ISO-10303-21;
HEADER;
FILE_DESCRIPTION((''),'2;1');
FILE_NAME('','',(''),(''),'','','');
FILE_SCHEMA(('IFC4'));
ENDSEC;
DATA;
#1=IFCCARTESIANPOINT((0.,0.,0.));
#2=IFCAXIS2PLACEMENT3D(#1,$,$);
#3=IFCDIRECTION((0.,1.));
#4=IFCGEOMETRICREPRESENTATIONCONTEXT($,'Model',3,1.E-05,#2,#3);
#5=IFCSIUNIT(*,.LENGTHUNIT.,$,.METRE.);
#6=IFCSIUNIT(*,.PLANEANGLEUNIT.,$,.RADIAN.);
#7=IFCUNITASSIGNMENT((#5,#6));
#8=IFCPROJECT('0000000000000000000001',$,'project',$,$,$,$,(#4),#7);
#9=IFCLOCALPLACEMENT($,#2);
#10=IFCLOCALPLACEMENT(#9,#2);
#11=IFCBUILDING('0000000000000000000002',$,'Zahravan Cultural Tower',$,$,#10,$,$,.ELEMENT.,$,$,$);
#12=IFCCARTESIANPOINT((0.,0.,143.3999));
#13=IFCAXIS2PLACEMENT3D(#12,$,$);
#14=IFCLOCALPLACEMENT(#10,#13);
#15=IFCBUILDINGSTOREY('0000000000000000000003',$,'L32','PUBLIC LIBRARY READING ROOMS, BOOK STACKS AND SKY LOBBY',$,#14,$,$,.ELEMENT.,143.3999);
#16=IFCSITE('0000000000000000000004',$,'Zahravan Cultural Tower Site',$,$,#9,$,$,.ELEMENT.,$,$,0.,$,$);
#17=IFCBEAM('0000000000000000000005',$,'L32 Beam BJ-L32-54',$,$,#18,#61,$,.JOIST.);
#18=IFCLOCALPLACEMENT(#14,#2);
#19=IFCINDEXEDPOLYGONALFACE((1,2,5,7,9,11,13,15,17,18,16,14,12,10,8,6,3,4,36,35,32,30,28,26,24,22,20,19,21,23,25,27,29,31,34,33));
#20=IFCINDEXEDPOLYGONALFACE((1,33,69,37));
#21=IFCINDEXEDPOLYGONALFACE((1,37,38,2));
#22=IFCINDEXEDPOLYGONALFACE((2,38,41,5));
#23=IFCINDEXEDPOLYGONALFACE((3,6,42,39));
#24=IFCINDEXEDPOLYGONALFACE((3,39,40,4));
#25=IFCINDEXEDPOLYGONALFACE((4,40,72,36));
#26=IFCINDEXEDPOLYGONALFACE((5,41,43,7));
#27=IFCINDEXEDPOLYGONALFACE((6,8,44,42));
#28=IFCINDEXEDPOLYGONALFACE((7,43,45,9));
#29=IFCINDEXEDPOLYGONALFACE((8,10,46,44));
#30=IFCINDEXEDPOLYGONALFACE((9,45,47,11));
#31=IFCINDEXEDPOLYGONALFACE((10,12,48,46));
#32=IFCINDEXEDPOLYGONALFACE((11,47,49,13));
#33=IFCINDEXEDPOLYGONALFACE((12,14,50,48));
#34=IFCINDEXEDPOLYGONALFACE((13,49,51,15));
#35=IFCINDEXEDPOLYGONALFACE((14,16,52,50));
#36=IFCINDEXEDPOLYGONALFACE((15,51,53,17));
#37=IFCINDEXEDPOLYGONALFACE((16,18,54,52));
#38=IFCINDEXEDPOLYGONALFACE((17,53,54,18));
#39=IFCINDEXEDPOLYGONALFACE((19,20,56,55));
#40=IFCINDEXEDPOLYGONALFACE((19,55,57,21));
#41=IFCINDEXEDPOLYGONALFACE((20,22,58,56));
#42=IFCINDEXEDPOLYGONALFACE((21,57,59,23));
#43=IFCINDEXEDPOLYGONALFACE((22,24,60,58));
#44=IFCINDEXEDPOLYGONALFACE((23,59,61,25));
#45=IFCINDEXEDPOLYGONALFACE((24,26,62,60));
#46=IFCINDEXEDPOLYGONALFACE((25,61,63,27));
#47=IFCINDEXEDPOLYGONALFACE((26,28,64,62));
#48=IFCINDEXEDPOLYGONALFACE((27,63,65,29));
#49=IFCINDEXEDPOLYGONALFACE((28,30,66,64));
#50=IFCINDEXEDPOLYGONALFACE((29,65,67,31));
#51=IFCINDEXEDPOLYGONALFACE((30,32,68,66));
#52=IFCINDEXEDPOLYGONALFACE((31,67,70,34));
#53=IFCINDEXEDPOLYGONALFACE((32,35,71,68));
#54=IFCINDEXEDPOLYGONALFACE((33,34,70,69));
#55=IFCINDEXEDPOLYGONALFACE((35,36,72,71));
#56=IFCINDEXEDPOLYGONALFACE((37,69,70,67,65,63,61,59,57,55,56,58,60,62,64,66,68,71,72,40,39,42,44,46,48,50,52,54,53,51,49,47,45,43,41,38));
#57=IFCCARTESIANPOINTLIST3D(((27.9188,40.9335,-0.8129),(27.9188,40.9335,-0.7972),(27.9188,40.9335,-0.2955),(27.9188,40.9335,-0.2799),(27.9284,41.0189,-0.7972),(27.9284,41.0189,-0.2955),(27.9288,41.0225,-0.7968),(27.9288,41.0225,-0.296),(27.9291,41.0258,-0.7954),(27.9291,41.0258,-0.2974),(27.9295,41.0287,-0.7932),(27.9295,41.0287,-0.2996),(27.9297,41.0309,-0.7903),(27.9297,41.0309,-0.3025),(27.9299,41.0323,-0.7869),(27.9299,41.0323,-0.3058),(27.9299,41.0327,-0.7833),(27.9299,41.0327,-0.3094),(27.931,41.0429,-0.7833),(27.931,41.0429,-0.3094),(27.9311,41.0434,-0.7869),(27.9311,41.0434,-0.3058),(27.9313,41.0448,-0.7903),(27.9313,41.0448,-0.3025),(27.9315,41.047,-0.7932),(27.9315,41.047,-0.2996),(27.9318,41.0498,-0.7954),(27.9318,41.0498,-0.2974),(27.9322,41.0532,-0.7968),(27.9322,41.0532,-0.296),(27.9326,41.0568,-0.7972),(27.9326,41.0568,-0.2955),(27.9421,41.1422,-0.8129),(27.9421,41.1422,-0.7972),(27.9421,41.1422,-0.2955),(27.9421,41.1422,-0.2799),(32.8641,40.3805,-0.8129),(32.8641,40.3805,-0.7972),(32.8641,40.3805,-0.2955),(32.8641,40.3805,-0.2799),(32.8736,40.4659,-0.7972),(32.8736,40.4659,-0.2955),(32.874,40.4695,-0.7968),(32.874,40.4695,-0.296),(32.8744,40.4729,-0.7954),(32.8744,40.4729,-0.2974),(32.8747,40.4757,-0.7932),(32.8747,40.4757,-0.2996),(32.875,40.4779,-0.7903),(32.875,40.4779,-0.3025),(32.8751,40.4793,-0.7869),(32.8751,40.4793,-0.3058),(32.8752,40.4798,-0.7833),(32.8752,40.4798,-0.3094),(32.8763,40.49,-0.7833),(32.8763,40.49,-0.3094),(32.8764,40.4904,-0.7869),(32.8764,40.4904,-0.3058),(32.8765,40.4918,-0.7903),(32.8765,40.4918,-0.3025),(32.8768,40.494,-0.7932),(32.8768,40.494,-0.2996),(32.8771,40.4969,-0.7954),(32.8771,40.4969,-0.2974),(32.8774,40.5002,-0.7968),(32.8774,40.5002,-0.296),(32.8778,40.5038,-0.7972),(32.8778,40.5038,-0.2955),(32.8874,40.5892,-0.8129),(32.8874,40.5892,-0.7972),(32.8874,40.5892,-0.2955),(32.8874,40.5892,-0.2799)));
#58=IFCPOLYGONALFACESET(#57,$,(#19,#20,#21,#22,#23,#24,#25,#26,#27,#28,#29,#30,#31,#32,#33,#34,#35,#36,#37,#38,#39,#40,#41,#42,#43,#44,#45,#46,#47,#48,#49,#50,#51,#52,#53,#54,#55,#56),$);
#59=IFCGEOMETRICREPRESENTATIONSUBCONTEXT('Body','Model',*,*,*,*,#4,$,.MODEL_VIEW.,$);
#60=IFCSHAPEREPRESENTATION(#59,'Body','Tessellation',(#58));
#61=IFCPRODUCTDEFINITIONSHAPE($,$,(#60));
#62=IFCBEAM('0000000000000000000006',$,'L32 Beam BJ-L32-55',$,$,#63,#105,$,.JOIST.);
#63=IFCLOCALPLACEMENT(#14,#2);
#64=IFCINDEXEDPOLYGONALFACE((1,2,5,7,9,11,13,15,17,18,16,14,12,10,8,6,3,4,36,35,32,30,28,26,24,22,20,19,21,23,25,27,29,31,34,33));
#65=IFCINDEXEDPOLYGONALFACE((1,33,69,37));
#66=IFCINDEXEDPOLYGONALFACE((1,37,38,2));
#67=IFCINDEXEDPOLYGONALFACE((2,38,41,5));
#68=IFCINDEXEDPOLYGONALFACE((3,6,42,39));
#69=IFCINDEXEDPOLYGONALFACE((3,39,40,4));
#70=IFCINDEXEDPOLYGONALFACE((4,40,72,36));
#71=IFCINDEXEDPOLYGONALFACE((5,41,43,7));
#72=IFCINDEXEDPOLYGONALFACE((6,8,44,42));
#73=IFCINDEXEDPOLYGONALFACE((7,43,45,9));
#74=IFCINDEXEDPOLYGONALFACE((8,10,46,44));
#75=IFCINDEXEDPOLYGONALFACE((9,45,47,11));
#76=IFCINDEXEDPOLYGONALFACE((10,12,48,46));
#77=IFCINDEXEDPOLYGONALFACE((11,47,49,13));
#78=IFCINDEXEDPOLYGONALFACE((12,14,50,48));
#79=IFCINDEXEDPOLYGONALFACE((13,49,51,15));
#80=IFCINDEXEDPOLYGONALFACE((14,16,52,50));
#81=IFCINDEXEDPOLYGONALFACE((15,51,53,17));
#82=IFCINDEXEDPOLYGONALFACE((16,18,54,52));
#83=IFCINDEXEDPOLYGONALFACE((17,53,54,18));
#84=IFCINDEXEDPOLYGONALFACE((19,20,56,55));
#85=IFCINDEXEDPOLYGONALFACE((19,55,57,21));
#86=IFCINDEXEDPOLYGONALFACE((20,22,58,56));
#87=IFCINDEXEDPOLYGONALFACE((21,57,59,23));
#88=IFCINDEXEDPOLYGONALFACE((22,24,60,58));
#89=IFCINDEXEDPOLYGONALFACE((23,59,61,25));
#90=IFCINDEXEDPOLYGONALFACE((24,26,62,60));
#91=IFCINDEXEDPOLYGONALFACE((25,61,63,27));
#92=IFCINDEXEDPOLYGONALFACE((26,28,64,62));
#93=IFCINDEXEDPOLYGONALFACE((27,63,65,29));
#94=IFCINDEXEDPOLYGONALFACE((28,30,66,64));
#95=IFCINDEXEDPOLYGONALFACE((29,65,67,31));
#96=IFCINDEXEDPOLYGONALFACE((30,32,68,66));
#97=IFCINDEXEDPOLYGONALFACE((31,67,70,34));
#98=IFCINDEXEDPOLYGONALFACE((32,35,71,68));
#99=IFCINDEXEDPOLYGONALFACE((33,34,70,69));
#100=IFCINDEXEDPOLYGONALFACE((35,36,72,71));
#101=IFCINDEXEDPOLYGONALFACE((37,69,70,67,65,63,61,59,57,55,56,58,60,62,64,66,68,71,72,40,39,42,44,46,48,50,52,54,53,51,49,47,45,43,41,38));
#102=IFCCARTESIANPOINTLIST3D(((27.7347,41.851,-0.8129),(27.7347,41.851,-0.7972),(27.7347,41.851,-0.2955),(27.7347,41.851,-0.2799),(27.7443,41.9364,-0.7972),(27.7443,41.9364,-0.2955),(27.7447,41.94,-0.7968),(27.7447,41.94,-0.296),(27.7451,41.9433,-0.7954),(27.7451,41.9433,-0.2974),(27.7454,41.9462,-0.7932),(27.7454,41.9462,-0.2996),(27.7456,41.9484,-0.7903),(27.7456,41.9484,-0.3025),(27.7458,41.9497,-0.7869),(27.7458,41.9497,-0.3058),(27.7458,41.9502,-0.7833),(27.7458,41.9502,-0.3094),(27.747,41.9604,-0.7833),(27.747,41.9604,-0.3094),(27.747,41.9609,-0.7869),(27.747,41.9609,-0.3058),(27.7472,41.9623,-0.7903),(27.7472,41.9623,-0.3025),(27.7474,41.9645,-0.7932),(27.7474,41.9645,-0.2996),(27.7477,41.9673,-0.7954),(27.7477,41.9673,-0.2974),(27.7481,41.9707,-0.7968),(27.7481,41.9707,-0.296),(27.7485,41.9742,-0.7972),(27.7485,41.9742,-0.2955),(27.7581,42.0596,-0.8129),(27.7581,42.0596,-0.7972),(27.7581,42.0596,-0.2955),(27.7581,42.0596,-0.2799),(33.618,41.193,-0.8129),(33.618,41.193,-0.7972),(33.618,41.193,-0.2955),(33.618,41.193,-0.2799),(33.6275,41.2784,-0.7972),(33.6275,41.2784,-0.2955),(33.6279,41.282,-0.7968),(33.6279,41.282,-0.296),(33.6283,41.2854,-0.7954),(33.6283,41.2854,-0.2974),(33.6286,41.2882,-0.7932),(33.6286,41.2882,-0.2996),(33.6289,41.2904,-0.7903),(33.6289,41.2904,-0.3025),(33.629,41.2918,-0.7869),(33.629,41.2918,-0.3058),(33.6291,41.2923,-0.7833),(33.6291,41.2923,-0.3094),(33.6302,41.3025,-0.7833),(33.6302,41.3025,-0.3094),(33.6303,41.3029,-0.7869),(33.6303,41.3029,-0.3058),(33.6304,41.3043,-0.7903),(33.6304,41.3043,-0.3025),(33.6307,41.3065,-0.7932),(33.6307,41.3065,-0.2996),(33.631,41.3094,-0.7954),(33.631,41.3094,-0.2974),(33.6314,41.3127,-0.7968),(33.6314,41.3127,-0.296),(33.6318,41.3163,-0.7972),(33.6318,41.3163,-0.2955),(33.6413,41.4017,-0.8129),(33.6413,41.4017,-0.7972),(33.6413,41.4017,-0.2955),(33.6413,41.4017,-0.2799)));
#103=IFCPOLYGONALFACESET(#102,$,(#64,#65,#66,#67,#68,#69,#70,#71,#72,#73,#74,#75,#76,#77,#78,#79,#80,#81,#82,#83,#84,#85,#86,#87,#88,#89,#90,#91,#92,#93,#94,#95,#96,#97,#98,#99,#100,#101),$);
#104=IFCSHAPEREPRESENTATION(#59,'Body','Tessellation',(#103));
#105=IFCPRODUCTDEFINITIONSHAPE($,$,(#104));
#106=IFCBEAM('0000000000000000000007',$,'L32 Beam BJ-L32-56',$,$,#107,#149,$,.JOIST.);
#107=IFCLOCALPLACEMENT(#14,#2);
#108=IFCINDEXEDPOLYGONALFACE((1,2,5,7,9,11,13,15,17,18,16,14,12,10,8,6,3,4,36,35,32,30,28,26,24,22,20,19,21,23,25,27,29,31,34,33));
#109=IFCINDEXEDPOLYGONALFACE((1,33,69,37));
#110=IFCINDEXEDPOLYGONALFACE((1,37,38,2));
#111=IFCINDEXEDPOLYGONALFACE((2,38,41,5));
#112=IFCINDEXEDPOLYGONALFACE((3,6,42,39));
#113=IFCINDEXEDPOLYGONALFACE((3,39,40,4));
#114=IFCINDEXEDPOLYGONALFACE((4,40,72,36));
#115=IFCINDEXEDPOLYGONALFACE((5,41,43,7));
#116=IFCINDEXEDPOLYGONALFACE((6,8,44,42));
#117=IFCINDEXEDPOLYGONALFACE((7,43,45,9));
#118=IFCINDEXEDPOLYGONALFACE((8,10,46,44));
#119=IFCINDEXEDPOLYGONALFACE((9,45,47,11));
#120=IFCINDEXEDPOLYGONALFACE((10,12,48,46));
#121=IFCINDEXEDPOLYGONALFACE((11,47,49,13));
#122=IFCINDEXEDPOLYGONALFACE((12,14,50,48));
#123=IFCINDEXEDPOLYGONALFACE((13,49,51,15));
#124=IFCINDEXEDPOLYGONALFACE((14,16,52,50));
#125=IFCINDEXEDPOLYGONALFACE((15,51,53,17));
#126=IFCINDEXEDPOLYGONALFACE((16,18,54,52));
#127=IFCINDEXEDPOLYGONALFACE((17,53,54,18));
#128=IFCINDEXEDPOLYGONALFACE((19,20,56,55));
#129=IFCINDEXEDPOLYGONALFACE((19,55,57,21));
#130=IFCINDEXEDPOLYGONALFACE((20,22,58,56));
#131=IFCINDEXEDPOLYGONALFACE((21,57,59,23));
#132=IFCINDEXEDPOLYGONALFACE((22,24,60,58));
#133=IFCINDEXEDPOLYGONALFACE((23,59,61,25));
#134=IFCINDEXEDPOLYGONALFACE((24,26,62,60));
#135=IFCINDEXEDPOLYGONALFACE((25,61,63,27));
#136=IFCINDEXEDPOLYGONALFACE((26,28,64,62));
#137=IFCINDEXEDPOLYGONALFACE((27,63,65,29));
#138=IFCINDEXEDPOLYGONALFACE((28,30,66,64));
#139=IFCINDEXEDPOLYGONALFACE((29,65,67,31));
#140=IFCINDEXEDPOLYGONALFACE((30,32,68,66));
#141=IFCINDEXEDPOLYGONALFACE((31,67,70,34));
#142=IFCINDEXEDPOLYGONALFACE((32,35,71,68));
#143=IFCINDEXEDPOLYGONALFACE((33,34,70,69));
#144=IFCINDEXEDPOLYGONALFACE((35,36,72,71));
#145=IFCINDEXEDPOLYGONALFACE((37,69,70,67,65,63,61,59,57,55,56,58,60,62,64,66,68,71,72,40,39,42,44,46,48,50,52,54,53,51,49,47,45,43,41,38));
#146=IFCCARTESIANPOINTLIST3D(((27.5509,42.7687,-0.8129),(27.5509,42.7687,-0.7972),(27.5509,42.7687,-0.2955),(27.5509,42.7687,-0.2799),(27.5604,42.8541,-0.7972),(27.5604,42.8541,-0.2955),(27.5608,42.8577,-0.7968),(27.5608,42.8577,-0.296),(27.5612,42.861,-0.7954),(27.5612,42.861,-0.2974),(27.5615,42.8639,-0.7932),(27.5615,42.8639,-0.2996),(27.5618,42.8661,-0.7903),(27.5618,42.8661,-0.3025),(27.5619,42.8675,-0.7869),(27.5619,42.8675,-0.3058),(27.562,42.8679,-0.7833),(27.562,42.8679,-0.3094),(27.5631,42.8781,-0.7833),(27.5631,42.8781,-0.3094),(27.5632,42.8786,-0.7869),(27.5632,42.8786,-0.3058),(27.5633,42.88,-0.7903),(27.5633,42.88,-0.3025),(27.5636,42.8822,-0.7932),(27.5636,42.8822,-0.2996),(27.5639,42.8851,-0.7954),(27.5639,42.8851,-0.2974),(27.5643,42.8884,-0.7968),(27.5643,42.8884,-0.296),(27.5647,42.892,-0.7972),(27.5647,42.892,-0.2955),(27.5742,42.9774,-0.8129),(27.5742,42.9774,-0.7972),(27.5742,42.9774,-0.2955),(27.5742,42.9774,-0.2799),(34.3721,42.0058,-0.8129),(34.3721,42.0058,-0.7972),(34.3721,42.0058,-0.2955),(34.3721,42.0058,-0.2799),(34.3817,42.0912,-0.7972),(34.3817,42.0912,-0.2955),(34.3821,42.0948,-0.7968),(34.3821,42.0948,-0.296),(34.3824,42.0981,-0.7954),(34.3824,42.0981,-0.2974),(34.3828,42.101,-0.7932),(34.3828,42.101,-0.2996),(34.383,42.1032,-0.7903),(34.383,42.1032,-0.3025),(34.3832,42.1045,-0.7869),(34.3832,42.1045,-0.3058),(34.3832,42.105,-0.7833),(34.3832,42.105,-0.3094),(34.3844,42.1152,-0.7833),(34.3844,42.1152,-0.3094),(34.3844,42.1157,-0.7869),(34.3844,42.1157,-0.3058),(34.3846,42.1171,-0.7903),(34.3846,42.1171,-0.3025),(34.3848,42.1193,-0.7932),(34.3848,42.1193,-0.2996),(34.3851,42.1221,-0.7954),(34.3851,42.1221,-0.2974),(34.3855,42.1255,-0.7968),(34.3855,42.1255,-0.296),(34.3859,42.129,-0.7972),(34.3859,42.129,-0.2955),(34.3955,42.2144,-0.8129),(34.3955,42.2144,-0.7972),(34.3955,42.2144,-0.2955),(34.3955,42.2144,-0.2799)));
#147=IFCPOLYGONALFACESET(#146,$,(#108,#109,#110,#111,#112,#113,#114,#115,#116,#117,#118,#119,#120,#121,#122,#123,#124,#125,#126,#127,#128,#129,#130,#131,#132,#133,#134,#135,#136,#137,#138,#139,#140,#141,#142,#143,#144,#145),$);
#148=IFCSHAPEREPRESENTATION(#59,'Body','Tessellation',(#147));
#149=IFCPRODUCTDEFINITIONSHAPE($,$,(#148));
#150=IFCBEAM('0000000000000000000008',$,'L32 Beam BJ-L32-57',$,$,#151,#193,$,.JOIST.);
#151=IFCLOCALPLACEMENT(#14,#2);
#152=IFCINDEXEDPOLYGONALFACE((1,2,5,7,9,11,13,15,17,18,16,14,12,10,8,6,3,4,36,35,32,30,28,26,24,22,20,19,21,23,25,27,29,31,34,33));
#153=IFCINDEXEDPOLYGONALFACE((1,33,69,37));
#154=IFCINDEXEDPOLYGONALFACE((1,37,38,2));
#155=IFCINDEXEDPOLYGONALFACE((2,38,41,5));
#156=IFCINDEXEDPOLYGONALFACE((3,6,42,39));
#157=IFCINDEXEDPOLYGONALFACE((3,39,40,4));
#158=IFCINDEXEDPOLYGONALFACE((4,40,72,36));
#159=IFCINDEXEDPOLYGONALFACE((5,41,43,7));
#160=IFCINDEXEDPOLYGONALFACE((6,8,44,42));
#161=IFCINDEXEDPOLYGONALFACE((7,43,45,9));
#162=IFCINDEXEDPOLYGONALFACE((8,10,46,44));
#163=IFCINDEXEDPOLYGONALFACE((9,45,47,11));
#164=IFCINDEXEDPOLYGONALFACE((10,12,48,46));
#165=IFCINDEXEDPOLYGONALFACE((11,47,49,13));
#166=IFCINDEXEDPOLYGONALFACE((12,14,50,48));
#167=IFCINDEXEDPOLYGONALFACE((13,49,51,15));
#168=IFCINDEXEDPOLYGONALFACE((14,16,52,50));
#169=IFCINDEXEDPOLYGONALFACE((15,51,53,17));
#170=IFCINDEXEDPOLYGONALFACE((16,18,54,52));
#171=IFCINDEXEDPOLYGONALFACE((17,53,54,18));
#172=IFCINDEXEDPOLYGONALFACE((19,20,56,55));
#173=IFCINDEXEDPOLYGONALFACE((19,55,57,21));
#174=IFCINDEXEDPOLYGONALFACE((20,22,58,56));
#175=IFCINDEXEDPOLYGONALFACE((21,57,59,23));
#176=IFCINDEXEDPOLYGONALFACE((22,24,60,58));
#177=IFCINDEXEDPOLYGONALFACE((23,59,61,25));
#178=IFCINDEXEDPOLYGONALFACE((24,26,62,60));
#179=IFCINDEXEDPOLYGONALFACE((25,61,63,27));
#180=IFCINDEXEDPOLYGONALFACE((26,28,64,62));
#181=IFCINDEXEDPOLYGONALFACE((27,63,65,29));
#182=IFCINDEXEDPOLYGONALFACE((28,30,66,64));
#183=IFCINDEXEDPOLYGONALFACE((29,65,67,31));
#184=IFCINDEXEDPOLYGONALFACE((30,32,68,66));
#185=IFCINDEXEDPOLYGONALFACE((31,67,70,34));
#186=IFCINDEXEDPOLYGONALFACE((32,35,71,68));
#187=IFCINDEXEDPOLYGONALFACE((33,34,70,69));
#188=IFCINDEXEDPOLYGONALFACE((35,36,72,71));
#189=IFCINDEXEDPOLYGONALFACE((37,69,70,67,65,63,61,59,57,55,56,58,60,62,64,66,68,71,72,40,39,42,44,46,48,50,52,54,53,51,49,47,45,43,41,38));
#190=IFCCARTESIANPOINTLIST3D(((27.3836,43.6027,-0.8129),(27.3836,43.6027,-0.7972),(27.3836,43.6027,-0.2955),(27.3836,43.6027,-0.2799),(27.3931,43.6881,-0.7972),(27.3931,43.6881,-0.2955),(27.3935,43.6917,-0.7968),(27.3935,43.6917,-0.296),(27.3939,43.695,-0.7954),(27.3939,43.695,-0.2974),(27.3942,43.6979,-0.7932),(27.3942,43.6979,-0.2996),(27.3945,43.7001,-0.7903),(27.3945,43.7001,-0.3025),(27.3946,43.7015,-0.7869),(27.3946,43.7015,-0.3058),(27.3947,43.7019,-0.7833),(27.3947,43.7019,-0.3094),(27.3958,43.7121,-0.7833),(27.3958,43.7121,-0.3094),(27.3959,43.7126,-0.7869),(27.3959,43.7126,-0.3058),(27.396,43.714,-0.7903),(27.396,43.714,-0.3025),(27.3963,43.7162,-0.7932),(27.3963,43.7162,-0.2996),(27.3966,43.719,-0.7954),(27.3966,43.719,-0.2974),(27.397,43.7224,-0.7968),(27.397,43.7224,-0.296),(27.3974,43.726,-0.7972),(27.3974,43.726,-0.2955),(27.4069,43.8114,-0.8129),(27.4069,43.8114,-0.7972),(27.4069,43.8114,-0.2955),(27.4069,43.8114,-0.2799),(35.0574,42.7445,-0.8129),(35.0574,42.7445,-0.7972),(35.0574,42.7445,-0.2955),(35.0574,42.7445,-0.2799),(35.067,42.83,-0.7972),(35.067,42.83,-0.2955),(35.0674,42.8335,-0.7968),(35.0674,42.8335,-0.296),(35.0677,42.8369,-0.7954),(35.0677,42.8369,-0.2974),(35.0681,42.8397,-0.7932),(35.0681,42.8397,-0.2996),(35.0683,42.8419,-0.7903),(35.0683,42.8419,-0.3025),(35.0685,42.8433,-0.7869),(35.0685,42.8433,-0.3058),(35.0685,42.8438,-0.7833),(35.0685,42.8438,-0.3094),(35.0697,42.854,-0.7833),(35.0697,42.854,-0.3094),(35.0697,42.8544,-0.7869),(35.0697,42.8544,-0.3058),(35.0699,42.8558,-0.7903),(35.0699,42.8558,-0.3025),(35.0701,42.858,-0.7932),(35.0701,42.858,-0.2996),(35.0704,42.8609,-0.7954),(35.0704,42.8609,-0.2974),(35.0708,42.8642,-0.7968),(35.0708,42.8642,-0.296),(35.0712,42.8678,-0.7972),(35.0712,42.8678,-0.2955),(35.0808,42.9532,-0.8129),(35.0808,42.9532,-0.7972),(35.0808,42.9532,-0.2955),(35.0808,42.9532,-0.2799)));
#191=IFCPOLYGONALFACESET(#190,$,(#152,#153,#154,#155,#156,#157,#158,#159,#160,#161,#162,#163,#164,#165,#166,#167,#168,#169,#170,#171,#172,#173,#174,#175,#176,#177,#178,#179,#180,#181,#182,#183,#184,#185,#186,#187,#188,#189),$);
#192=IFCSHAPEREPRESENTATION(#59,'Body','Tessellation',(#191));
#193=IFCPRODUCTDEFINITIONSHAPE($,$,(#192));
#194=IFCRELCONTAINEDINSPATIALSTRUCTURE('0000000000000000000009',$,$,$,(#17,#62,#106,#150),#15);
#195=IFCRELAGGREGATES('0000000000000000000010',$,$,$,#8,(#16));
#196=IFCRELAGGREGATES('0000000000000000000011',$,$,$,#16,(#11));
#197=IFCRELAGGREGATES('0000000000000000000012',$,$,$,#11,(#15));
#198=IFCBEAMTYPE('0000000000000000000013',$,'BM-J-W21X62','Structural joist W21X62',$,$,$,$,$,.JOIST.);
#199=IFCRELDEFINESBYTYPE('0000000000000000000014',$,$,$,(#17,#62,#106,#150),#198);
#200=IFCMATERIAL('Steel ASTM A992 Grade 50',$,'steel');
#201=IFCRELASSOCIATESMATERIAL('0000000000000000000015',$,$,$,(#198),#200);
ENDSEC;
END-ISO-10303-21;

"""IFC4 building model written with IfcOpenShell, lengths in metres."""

from ifc_helpers import new_model, si_unit, direction, frame, origin, origin_2d, place, context, subcontext, project, spatial, i_section, extrude, source, transform, mapped, material, material_profile, profile_set, type_object, element, save


model = new_model("IFC4")

# Units and contexts
model_context = context("Model", 3, precision=1e-05, world=origin(), true_north=direction((0.0, 1.0)))
body_context = subcontext(model_context, "Body", "Model", "MODEL_VIEW")
ifc_project = project(units=[si_unit("LENGTHUNIT", "METRE"), si_unit("PLANEANGLEUNIT", "RADIAN")], contexts=[model_context])

# Site, building, storey
site_placement = place(None, origin())
site = spatial("IfcSite", under=ifc_project, at=site_placement, Name="Zahravan Cultural Tower Site", CompositionType="ELEMENT", RefElevation=0.0)
building_placement = place(site_placement, origin())
building = spatial("IfcBuilding", under=site, at=building_placement, Name="Zahravan Cultural Tower", CompositionType="ELEMENT")
storey_placement = place(building_placement, frame((0.0, 0.0, 143.3999)))
storey = spatial("IfcBuildingStorey", under=building, at=storey_placement, Name="L32", Description="PUBLIC LIBRARY READING ROOMS, BOOK STACKS AND SKY LOBBY", CompositionType="ELEMENT", Elevation=143.3999)

# Shared definitions
ifc_material_1 = material(Name="Steel ASTM A992 Grade 50", Category="steel")

# Beams
ifc_material_profile_1 = material_profile(ifc_material_1, i_section(OverallWidth=0.21, OverallDepth=0.533, WebThickness=0.0103, FlangeThickness=0.0156, FilletRadius=0.0139, at=origin_2d()), Name="W21X62")
ifc_profile_set_1 = profile_set([ifc_material_profile_1], Name="Steel ASTM A992 Grade 50")
beam_type_1 = type_object("IfcBeamType", Name="BM-J-W21X62", Description="Structural joist W21X62", PredefinedType="JOIST", material=ifc_profile_set_1)
shared_shape_1 = source(origin(), body_context, "Body", "SweptSolid", [
    extrude(i_section(OverallWidth=0.21, OverallDepth=0.533, WebThickness=0.0103, FlangeThickness=0.0156, FilletRadius=0.0139, at=origin_2d()), origin(), (0.0, 0.0, 1.0), 4.9761),
])
beam_1_placement = place(storey_placement, frame((32.8757, 40.4849, -0.5464), z_axis=(-0.993806, 0.111126, 0.0), x_axis=(-0.111126, -0.993806, 0.0)))
element("IfcBeam", 1, at=beam_1_placement, inside=storey, type_object=beam_type_1, Name="L32 Beam BJ-L32-54", PredefinedType="JOIST", context=body_context, shape_type="MappedRepresentation", body=[
    mapped(shared_shape_1, transform((0.0, 0.0, 0.0), x_axis=(1.0, 0.0, 0.0), y_axis=(0.0, 1.0, 0.0), z_axis=(0.0, 0.0, 1.0), scale=1.0)),
])
shared_shape_2 = source(origin(), body_context, "Body", "SweptSolid", [
    extrude(i_section(OverallWidth=0.21, OverallDepth=0.533, WebThickness=0.0103, FlangeThickness=0.0156, FilletRadius=0.0139, at=origin_2d()), origin(), (0.0, 0.0, 1.0), 5.9199),
])
beam_2_placement = place(storey_placement, frame((33.6296, 41.2974, -0.5464), z_axis=(-0.993805, 0.111142, 0.0), x_axis=(-0.111142, -0.993805, 0.0)))
element("IfcBeam", 2, at=beam_2_placement, inside=storey, type_object=beam_type_1, Name="L32 Beam BJ-L32-55", PredefinedType="JOIST", context=body_context, shape_type="MappedRepresentation", body=[
    mapped(shared_shape_2, transform((0.0, 0.0, 0.0), x_axis=(1.0, 0.0, 0.0), y_axis=(0.0, 1.0, 0.0), z_axis=(0.0, 0.0, 1.0), scale=1.0)),
])
shared_shape_3 = source(origin(), body_context, "Body", "SweptSolid", [
    extrude(i_section(OverallWidth=0.21, OverallDepth=0.533, WebThickness=0.0103, FlangeThickness=0.0156, FilletRadius=0.0139, at=origin_2d()), origin(), (0.0, 0.0, 1.0), 6.8638),
])
beam_3_placement = place(storey_placement, frame((34.3838, 42.1101, -0.5464), z_axis=(-0.993803, 0.111154, 0.0), x_axis=(-0.111154, -0.993803, 0.0)))
element("IfcBeam", 3, at=beam_3_placement, inside=storey, type_object=beam_type_1, Name="L32 Beam BJ-L32-56", PredefinedType="JOIST", context=body_context, shape_type="MappedRepresentation", body=[
    mapped(shared_shape_3, transform((0.0, 0.0, 0.0), x_axis=(1.0, 0.0, 0.0), y_axis=(0.0, 1.0, 0.0), z_axis=(0.0, 0.0, 1.0), scale=1.0)),
])
shared_shape_4 = source(origin(), body_context, "Body", "SweptSolid", [
    extrude(i_section(OverallWidth=0.21, OverallDepth=0.533, WebThickness=0.0103, FlangeThickness=0.0156, FilletRadius=0.0139, at=origin_2d()), origin(), (0.0, 0.0, 1.0), 7.7217),
])
beam_4_placement = place(storey_placement, frame((35.0691, 42.8489, -0.5464), z_axis=(-0.993805, 0.111136, 0.0), x_axis=(-0.111136, -0.993805, 0.0)))
element("IfcBeam", 4, at=beam_4_placement, inside=storey, type_object=beam_type_1, Name="L32 Beam BJ-L32-57", PredefinedType="JOIST", context=body_context, shape_type="MappedRepresentation", body=[
    mapped(shared_shape_4, transform((0.0, 0.0, 0.0), x_axis=(1.0, 0.0, 0.0), y_axis=(0.0, 1.0, 0.0), z_axis=(0.0, 0.0, 1.0), scale=1.0)),
])

save(model, "model.ifc")
